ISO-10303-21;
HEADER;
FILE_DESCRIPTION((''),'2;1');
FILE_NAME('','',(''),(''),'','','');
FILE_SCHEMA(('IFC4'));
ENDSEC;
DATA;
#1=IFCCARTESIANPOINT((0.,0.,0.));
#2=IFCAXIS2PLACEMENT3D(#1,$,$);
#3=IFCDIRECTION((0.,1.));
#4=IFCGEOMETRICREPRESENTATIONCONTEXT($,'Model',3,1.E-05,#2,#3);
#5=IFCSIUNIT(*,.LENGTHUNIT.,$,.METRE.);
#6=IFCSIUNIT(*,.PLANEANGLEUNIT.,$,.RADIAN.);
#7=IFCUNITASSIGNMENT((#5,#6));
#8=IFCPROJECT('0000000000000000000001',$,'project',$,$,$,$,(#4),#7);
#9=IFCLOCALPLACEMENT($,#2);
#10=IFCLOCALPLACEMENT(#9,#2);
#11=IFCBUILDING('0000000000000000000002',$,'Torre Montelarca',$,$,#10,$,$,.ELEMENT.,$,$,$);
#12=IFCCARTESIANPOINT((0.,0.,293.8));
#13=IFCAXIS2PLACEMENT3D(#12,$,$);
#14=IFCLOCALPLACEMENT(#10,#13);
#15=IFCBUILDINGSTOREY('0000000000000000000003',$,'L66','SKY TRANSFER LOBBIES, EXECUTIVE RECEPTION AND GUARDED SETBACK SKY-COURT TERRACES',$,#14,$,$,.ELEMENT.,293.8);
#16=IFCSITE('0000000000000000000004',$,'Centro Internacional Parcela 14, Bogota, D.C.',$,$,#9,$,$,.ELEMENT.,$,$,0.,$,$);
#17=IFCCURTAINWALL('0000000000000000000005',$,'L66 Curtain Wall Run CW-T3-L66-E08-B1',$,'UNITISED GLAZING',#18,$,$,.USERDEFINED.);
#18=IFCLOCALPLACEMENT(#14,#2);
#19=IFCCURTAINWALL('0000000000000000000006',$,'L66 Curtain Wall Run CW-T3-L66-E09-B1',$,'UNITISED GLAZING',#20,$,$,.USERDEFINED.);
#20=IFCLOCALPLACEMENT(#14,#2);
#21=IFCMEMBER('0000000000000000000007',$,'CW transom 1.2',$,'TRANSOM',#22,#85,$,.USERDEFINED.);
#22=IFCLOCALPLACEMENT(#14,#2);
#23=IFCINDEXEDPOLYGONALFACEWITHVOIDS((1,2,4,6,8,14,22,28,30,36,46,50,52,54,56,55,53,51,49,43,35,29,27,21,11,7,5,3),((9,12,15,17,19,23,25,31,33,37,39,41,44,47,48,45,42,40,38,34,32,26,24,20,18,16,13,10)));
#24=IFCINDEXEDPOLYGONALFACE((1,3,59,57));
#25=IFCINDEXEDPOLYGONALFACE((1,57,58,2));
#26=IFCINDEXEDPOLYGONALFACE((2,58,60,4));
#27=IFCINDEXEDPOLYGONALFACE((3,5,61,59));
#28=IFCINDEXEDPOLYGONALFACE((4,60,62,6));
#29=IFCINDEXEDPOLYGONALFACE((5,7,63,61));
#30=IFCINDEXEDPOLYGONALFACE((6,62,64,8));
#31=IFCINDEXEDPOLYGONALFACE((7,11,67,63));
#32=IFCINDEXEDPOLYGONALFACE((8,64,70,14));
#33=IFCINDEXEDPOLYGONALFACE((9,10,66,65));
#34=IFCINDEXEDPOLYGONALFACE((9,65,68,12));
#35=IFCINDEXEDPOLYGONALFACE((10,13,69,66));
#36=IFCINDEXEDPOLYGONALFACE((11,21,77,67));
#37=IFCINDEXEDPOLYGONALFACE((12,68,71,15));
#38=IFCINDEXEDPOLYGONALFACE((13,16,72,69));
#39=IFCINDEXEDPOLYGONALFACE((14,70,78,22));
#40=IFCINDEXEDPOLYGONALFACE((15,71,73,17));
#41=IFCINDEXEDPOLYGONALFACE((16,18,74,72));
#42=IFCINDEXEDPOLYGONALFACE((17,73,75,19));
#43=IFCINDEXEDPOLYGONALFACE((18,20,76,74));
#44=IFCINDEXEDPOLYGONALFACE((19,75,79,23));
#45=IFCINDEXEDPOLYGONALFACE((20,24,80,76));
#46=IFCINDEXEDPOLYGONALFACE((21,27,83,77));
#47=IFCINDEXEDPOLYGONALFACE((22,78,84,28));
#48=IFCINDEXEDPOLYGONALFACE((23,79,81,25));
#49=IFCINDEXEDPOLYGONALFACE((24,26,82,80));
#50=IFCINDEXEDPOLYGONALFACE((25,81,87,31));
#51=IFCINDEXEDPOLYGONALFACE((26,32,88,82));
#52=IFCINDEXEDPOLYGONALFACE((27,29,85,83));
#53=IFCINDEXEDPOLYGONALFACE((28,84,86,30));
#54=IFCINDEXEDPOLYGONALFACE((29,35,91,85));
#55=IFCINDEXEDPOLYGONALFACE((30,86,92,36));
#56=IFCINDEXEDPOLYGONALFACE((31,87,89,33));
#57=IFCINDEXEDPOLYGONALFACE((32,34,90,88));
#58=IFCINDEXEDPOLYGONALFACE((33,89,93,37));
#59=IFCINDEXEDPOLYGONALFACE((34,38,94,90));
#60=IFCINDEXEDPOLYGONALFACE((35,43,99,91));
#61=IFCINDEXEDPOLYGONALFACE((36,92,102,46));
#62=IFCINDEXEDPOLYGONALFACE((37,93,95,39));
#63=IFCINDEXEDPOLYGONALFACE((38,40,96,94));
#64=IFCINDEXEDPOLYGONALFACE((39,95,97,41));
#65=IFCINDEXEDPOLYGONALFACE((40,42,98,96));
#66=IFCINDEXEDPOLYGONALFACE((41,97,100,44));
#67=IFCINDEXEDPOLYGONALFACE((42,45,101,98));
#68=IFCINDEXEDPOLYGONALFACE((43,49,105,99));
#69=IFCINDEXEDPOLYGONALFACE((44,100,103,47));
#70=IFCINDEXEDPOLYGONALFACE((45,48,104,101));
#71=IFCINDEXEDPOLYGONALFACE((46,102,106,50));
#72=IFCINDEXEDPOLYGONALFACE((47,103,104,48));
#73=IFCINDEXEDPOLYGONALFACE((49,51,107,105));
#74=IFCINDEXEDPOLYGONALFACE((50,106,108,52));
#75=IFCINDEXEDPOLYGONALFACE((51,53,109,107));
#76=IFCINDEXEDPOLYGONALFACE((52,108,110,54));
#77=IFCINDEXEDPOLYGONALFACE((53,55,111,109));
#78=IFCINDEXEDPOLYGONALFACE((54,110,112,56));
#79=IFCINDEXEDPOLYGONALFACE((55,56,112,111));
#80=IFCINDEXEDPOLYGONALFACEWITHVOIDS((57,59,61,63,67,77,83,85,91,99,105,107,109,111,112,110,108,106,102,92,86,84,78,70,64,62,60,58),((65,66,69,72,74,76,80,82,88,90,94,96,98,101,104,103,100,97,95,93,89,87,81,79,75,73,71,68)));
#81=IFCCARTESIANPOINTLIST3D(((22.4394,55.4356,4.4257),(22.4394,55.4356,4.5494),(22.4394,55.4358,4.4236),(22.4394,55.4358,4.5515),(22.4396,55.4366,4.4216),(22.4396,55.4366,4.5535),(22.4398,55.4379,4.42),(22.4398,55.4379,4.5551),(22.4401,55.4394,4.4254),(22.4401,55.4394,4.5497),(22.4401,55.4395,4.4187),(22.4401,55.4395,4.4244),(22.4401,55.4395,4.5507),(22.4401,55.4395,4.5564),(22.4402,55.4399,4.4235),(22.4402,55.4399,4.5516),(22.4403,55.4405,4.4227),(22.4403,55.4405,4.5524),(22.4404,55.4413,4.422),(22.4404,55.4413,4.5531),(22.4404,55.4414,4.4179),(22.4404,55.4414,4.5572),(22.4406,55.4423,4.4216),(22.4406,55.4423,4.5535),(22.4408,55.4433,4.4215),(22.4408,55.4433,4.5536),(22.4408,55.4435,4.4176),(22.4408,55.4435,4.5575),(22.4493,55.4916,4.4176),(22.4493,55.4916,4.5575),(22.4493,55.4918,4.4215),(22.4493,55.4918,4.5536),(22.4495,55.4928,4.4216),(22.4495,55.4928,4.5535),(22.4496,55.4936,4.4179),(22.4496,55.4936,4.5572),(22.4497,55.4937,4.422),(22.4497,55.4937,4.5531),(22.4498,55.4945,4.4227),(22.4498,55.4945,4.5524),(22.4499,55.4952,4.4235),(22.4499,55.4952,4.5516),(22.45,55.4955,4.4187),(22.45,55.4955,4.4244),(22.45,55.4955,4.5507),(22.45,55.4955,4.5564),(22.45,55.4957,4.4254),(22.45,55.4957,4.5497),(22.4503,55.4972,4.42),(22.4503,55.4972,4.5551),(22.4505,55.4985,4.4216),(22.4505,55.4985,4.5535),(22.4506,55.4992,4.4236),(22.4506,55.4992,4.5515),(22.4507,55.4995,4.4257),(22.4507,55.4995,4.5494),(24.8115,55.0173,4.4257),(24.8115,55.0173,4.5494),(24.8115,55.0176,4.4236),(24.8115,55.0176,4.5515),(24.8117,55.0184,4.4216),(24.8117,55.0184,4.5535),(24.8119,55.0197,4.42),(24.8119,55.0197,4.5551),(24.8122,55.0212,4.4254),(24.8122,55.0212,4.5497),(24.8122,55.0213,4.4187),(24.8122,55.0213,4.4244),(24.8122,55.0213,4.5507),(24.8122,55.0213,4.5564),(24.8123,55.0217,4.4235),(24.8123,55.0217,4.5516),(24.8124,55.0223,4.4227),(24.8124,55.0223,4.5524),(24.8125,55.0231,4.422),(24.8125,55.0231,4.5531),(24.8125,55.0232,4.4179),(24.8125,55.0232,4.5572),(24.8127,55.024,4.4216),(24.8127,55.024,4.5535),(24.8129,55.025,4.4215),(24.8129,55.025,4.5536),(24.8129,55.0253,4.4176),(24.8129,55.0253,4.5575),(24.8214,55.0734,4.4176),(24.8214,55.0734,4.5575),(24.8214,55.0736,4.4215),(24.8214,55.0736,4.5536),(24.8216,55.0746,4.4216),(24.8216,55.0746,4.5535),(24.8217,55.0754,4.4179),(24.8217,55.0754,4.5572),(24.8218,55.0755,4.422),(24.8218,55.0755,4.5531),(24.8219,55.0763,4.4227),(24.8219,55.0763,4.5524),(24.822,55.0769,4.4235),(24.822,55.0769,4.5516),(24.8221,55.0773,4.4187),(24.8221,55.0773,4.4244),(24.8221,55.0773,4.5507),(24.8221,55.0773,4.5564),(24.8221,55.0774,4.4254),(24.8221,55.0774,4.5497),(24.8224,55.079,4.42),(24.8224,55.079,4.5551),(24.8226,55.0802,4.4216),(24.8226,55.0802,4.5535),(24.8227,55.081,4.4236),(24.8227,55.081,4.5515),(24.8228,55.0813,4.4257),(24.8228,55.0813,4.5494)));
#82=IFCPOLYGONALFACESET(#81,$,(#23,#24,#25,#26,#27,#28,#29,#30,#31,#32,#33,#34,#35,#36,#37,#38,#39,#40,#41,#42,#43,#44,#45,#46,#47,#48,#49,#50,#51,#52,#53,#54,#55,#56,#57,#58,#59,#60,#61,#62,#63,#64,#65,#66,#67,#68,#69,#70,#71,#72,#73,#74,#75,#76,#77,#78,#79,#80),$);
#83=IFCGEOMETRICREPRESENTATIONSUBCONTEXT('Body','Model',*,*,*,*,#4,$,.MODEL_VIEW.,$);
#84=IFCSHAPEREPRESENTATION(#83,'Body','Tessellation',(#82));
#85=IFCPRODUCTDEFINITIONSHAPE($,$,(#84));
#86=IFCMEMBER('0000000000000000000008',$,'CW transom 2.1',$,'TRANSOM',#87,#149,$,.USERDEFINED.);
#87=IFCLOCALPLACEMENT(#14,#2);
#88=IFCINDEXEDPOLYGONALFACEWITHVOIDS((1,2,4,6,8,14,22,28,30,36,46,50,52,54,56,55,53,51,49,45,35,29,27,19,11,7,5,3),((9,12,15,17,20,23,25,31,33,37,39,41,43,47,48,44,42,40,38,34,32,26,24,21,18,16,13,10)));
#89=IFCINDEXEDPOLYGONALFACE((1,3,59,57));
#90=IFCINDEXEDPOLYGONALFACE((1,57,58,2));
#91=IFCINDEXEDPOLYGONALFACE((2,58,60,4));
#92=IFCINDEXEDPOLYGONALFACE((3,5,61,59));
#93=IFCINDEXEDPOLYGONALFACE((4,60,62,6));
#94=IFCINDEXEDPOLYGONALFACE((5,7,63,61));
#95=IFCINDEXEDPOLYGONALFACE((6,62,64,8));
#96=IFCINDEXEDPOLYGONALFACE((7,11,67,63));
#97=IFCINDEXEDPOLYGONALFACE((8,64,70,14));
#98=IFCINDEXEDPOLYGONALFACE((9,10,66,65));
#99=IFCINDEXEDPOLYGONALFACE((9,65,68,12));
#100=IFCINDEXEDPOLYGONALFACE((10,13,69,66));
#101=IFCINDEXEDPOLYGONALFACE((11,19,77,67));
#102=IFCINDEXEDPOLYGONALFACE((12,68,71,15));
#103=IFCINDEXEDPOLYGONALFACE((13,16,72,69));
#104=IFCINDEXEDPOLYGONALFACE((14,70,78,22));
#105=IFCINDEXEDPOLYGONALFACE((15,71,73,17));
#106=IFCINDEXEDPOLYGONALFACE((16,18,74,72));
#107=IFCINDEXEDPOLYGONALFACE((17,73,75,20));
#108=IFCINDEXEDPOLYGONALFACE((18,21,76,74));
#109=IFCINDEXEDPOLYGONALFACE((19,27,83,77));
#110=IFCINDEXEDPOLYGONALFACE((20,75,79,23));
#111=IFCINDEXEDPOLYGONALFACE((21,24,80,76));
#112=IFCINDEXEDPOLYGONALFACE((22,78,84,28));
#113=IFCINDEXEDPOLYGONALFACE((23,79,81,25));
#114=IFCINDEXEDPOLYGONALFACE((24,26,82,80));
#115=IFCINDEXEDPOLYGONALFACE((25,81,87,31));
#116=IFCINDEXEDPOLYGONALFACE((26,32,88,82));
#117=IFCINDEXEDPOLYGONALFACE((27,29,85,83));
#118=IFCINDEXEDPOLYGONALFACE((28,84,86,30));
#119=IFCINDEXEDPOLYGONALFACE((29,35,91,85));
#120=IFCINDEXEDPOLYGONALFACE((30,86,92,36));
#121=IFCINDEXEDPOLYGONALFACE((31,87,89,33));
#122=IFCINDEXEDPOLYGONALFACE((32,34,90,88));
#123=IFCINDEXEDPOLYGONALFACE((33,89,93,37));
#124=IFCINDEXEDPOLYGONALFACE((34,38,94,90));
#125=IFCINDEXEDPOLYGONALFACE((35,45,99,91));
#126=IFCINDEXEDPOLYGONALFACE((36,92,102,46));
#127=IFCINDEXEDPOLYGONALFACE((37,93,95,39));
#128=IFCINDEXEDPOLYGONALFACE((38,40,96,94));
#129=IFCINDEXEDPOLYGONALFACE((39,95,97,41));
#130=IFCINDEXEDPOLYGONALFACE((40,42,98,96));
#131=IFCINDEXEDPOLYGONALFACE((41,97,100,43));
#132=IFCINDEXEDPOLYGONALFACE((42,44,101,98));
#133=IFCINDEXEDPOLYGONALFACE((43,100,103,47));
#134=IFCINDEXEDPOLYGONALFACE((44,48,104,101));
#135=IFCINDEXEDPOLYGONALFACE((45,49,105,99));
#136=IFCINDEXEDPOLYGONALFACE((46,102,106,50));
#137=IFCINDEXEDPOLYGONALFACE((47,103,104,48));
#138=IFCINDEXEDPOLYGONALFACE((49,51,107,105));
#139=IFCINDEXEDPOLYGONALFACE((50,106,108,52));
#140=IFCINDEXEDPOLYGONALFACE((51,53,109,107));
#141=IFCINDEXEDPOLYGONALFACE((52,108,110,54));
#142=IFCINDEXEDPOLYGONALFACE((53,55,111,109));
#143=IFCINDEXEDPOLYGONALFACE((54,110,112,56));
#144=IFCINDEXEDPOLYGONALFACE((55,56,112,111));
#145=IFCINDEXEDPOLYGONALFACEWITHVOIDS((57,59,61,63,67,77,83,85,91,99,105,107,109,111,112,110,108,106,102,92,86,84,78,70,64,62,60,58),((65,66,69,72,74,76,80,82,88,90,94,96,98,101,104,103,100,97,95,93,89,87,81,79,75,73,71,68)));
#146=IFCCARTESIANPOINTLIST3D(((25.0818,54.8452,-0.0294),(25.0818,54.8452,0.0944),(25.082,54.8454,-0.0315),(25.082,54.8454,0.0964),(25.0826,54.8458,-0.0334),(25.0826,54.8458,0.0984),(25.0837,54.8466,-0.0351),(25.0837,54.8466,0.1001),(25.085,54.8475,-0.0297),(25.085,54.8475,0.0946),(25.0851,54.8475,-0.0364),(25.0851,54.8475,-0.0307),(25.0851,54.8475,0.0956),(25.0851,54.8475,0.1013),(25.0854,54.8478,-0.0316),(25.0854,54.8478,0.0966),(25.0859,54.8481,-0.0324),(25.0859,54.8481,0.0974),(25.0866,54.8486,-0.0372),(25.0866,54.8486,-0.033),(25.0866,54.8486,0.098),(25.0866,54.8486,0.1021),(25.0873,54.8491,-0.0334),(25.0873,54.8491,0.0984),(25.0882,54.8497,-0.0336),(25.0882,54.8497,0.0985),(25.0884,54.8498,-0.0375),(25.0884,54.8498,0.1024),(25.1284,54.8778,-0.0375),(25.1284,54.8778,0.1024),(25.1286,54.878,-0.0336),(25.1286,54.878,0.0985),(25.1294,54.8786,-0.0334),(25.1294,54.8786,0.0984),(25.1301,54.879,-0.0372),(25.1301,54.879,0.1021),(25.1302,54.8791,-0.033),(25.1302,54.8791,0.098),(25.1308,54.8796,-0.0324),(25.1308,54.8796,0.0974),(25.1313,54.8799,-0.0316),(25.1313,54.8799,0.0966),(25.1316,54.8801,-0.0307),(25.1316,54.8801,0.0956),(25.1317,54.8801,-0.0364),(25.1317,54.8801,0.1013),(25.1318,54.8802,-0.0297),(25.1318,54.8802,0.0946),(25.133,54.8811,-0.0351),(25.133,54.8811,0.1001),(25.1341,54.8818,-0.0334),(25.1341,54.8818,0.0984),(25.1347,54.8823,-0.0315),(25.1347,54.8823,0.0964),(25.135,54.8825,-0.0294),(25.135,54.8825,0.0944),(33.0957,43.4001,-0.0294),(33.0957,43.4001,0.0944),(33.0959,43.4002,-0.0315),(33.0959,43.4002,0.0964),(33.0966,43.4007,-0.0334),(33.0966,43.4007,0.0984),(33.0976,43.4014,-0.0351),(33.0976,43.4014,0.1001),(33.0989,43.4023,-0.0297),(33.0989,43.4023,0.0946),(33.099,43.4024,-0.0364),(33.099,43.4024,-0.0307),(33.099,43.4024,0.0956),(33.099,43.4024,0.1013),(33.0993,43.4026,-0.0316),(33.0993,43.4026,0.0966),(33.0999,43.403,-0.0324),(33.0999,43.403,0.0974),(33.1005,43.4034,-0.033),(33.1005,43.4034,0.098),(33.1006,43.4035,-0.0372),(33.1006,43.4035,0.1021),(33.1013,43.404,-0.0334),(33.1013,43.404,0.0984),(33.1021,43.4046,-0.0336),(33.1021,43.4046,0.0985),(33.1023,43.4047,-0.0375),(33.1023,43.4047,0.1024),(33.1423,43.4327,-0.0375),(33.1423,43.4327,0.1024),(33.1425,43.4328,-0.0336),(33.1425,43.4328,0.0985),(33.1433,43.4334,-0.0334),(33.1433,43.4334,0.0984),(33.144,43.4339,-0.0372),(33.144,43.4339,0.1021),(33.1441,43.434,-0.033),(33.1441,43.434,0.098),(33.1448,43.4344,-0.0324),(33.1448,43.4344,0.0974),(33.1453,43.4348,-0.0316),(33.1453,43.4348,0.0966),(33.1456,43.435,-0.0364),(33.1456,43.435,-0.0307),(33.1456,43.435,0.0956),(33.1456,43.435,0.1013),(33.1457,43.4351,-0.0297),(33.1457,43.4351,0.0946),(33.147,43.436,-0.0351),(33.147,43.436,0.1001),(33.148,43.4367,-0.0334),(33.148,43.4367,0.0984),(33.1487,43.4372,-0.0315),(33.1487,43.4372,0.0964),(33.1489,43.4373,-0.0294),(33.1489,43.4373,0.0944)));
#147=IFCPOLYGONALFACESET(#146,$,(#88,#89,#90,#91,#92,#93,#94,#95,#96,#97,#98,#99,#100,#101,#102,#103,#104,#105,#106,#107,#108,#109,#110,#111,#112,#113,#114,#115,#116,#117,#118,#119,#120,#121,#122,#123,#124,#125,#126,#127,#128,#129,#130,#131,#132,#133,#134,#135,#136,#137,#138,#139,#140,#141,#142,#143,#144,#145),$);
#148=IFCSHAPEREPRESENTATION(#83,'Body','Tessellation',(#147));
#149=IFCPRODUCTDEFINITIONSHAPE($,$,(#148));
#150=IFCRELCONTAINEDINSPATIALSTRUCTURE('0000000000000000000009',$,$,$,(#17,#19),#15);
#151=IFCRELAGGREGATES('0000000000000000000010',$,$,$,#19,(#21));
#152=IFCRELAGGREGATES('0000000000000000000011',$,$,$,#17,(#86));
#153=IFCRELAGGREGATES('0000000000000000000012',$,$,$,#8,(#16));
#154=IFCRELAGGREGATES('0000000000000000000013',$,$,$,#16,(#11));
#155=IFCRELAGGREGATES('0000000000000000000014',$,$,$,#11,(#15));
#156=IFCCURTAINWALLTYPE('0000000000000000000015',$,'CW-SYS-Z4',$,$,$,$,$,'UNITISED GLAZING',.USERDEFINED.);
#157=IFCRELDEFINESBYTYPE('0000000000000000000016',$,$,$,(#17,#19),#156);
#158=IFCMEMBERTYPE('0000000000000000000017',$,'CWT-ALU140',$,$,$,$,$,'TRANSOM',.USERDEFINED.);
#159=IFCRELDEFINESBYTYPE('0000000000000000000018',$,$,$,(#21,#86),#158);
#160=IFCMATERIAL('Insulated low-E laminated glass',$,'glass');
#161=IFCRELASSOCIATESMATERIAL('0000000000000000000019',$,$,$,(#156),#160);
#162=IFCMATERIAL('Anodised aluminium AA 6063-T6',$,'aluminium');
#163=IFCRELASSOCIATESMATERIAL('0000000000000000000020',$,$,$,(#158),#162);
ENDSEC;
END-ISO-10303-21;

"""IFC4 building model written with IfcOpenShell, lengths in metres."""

from ifc_helpers import new_model, si_unit, direction, frame, origin, origin_2d, place, context, subcontext, project, spatial, hollow_rectangle, extrude, source, transform, mapped, material, material_profile, profile_set, type_object, element, aggregate, save


model = new_model("IFC4")

# Units and contexts
model_context = context("Model", 3, precision=1e-05, world=origin(), true_north=direction((0.0, 1.0)))
body_context = subcontext(model_context, "Body", "Model", "MODEL_VIEW")
ifc_project = project(units=[si_unit("LENGTHUNIT", "METRE"), si_unit("PLANEANGLEUNIT", "RADIAN")], contexts=[model_context])

# Site, building, storey
site_placement = place(None, origin())
site = spatial("IfcSite", under=ifc_project, at=site_placement, Name="Centro Internacional Parcela 14, Bogota, D.C.", CompositionType="ELEMENT", RefElevation=0.0)
building_placement = place(site_placement, origin())
building = spatial("IfcBuilding", under=site, at=building_placement, Name="Torre Montelarca", CompositionType="ELEMENT")
storey_placement = place(building_placement, frame((0.0, 0.0, 293.8)))
storey = spatial("IfcBuildingStorey", under=building, at=storey_placement, Name="L66", Description="SKY TRANSFER LOBBIES, EXECUTIVE RECEPTION AND GUARDED SETBACK SKY-COURT TERRACES", CompositionType="ELEMENT", Elevation=293.8)

# Curtain walls
ifc_material_1 = material(Name="Insulated low-E laminated glass", Category="glass")
curtain_wall_type = type_object("IfcCurtainWallType", Name="CW-SYS-Z4", ElementType="UNITISED GLAZING", PredefinedType="USERDEFINED", material=ifc_material_1)
curtain_wall_1_placement = place(storey_placement, origin())
curtain_wall_1 = element("IfcCurtainWall", 1, at=curtain_wall_1_placement, inside=storey, type_object=curtain_wall_type, Name="L66 Curtain Wall Run CW-T3-L66-E08-B1", ObjectType="UNITISED GLAZING", PredefinedType="USERDEFINED")
ifc_material_2 = material(Name="Anodised aluminium AA 6063-T6", Category="aluminium")
curtain_wall_2_placement = place(storey_placement, origin())
curtain_wall_2 = element("IfcCurtainWall", 2, at=curtain_wall_2_placement, inside=storey, type_object=curtain_wall_type, Name="L66 Curtain Wall Run CW-T3-L66-E09-B1", ObjectType="UNITISED GLAZING", PredefinedType="USERDEFINED")

# Members
ifc_material_profile_1 = material_profile(ifc_material_2, hollow_rectangle(XDim=0.0649, YDim=0.1399, WallThickness=0.0039, InnerFilletRadius=0.0039, OuterFilletRadius=0.0081, at=origin_2d()), Name="ALU65X140X4", Category="aluminium")
ifc_profile_set_1 = profile_set([ifc_material_profile_1], Name="Anodised aluminium AA 6063-T6")
member_type_1 = type_object("IfcMemberType", Name="CWT-ALU140", ElementType="TRANSOM", PredefinedType="USERDEFINED", material=ifc_profile_set_1)
shared_shape_1 = source(origin(), body_context, "Body", "SweptSolid", [
    extrude(hollow_rectangle(XDim=0.0649, YDim=0.1399, WallThickness=0.0039, InnerFilletRadius=0.0039, OuterFilletRadius=0.0081, at=origin_2d()), origin(), (0.0, 0.0, 1.0), 2.4087),
])
member_1_placement = place(storey_placement, frame((24.8171, 55.0493, 4.4875), z_axis=(-0.984811, 0.173629, 0.0), x_axis=(-0.173629, -0.984811, 0.0)))
member_1 = element("IfcMember", 3, at=member_1_placement, type_object=member_type_1, Name="CW transom 1.2", ObjectType="TRANSOM", PredefinedType="USERDEFINED", context=body_context, shape_type="MappedRepresentation", body=[
    mapped(shared_shape_1, transform((0.0, 0.0, 0.0), scale=1.0)),
])
shared_shape_2 = source(origin(), body_context, "Body", "SweptSolid", [
    extrude(hollow_rectangle(XDim=0.0649, YDim=0.1399, WallThickness=0.0039, InnerFilletRadius=0.0039, OuterFilletRadius=0.0081, at=origin_2d()), origin(), (0.0, 0.0, 1.0), 13.9719),
])
member_2_placement = place(storey_placement, frame((33.1223, 43.4187, 0.0325), z_axis=(-0.573576, 0.819152, 0.0), x_axis=(-0.819152, -0.573576, 0.0)))
member_2 = element("IfcMember", 4, at=member_2_placement, type_object=member_type_1, Name="CW transom 2.1", ObjectType="TRANSOM", PredefinedType="USERDEFINED", context=body_context, shape_type="MappedRepresentation", body=[
    mapped(shared_shape_2, transform((0.0, 0.0, 0.0), scale=1.0)),
])

aggregate(curtain_wall_2, [member_1])
aggregate(curtain_wall_1, [member_2])

save(model, "model.ifc")
